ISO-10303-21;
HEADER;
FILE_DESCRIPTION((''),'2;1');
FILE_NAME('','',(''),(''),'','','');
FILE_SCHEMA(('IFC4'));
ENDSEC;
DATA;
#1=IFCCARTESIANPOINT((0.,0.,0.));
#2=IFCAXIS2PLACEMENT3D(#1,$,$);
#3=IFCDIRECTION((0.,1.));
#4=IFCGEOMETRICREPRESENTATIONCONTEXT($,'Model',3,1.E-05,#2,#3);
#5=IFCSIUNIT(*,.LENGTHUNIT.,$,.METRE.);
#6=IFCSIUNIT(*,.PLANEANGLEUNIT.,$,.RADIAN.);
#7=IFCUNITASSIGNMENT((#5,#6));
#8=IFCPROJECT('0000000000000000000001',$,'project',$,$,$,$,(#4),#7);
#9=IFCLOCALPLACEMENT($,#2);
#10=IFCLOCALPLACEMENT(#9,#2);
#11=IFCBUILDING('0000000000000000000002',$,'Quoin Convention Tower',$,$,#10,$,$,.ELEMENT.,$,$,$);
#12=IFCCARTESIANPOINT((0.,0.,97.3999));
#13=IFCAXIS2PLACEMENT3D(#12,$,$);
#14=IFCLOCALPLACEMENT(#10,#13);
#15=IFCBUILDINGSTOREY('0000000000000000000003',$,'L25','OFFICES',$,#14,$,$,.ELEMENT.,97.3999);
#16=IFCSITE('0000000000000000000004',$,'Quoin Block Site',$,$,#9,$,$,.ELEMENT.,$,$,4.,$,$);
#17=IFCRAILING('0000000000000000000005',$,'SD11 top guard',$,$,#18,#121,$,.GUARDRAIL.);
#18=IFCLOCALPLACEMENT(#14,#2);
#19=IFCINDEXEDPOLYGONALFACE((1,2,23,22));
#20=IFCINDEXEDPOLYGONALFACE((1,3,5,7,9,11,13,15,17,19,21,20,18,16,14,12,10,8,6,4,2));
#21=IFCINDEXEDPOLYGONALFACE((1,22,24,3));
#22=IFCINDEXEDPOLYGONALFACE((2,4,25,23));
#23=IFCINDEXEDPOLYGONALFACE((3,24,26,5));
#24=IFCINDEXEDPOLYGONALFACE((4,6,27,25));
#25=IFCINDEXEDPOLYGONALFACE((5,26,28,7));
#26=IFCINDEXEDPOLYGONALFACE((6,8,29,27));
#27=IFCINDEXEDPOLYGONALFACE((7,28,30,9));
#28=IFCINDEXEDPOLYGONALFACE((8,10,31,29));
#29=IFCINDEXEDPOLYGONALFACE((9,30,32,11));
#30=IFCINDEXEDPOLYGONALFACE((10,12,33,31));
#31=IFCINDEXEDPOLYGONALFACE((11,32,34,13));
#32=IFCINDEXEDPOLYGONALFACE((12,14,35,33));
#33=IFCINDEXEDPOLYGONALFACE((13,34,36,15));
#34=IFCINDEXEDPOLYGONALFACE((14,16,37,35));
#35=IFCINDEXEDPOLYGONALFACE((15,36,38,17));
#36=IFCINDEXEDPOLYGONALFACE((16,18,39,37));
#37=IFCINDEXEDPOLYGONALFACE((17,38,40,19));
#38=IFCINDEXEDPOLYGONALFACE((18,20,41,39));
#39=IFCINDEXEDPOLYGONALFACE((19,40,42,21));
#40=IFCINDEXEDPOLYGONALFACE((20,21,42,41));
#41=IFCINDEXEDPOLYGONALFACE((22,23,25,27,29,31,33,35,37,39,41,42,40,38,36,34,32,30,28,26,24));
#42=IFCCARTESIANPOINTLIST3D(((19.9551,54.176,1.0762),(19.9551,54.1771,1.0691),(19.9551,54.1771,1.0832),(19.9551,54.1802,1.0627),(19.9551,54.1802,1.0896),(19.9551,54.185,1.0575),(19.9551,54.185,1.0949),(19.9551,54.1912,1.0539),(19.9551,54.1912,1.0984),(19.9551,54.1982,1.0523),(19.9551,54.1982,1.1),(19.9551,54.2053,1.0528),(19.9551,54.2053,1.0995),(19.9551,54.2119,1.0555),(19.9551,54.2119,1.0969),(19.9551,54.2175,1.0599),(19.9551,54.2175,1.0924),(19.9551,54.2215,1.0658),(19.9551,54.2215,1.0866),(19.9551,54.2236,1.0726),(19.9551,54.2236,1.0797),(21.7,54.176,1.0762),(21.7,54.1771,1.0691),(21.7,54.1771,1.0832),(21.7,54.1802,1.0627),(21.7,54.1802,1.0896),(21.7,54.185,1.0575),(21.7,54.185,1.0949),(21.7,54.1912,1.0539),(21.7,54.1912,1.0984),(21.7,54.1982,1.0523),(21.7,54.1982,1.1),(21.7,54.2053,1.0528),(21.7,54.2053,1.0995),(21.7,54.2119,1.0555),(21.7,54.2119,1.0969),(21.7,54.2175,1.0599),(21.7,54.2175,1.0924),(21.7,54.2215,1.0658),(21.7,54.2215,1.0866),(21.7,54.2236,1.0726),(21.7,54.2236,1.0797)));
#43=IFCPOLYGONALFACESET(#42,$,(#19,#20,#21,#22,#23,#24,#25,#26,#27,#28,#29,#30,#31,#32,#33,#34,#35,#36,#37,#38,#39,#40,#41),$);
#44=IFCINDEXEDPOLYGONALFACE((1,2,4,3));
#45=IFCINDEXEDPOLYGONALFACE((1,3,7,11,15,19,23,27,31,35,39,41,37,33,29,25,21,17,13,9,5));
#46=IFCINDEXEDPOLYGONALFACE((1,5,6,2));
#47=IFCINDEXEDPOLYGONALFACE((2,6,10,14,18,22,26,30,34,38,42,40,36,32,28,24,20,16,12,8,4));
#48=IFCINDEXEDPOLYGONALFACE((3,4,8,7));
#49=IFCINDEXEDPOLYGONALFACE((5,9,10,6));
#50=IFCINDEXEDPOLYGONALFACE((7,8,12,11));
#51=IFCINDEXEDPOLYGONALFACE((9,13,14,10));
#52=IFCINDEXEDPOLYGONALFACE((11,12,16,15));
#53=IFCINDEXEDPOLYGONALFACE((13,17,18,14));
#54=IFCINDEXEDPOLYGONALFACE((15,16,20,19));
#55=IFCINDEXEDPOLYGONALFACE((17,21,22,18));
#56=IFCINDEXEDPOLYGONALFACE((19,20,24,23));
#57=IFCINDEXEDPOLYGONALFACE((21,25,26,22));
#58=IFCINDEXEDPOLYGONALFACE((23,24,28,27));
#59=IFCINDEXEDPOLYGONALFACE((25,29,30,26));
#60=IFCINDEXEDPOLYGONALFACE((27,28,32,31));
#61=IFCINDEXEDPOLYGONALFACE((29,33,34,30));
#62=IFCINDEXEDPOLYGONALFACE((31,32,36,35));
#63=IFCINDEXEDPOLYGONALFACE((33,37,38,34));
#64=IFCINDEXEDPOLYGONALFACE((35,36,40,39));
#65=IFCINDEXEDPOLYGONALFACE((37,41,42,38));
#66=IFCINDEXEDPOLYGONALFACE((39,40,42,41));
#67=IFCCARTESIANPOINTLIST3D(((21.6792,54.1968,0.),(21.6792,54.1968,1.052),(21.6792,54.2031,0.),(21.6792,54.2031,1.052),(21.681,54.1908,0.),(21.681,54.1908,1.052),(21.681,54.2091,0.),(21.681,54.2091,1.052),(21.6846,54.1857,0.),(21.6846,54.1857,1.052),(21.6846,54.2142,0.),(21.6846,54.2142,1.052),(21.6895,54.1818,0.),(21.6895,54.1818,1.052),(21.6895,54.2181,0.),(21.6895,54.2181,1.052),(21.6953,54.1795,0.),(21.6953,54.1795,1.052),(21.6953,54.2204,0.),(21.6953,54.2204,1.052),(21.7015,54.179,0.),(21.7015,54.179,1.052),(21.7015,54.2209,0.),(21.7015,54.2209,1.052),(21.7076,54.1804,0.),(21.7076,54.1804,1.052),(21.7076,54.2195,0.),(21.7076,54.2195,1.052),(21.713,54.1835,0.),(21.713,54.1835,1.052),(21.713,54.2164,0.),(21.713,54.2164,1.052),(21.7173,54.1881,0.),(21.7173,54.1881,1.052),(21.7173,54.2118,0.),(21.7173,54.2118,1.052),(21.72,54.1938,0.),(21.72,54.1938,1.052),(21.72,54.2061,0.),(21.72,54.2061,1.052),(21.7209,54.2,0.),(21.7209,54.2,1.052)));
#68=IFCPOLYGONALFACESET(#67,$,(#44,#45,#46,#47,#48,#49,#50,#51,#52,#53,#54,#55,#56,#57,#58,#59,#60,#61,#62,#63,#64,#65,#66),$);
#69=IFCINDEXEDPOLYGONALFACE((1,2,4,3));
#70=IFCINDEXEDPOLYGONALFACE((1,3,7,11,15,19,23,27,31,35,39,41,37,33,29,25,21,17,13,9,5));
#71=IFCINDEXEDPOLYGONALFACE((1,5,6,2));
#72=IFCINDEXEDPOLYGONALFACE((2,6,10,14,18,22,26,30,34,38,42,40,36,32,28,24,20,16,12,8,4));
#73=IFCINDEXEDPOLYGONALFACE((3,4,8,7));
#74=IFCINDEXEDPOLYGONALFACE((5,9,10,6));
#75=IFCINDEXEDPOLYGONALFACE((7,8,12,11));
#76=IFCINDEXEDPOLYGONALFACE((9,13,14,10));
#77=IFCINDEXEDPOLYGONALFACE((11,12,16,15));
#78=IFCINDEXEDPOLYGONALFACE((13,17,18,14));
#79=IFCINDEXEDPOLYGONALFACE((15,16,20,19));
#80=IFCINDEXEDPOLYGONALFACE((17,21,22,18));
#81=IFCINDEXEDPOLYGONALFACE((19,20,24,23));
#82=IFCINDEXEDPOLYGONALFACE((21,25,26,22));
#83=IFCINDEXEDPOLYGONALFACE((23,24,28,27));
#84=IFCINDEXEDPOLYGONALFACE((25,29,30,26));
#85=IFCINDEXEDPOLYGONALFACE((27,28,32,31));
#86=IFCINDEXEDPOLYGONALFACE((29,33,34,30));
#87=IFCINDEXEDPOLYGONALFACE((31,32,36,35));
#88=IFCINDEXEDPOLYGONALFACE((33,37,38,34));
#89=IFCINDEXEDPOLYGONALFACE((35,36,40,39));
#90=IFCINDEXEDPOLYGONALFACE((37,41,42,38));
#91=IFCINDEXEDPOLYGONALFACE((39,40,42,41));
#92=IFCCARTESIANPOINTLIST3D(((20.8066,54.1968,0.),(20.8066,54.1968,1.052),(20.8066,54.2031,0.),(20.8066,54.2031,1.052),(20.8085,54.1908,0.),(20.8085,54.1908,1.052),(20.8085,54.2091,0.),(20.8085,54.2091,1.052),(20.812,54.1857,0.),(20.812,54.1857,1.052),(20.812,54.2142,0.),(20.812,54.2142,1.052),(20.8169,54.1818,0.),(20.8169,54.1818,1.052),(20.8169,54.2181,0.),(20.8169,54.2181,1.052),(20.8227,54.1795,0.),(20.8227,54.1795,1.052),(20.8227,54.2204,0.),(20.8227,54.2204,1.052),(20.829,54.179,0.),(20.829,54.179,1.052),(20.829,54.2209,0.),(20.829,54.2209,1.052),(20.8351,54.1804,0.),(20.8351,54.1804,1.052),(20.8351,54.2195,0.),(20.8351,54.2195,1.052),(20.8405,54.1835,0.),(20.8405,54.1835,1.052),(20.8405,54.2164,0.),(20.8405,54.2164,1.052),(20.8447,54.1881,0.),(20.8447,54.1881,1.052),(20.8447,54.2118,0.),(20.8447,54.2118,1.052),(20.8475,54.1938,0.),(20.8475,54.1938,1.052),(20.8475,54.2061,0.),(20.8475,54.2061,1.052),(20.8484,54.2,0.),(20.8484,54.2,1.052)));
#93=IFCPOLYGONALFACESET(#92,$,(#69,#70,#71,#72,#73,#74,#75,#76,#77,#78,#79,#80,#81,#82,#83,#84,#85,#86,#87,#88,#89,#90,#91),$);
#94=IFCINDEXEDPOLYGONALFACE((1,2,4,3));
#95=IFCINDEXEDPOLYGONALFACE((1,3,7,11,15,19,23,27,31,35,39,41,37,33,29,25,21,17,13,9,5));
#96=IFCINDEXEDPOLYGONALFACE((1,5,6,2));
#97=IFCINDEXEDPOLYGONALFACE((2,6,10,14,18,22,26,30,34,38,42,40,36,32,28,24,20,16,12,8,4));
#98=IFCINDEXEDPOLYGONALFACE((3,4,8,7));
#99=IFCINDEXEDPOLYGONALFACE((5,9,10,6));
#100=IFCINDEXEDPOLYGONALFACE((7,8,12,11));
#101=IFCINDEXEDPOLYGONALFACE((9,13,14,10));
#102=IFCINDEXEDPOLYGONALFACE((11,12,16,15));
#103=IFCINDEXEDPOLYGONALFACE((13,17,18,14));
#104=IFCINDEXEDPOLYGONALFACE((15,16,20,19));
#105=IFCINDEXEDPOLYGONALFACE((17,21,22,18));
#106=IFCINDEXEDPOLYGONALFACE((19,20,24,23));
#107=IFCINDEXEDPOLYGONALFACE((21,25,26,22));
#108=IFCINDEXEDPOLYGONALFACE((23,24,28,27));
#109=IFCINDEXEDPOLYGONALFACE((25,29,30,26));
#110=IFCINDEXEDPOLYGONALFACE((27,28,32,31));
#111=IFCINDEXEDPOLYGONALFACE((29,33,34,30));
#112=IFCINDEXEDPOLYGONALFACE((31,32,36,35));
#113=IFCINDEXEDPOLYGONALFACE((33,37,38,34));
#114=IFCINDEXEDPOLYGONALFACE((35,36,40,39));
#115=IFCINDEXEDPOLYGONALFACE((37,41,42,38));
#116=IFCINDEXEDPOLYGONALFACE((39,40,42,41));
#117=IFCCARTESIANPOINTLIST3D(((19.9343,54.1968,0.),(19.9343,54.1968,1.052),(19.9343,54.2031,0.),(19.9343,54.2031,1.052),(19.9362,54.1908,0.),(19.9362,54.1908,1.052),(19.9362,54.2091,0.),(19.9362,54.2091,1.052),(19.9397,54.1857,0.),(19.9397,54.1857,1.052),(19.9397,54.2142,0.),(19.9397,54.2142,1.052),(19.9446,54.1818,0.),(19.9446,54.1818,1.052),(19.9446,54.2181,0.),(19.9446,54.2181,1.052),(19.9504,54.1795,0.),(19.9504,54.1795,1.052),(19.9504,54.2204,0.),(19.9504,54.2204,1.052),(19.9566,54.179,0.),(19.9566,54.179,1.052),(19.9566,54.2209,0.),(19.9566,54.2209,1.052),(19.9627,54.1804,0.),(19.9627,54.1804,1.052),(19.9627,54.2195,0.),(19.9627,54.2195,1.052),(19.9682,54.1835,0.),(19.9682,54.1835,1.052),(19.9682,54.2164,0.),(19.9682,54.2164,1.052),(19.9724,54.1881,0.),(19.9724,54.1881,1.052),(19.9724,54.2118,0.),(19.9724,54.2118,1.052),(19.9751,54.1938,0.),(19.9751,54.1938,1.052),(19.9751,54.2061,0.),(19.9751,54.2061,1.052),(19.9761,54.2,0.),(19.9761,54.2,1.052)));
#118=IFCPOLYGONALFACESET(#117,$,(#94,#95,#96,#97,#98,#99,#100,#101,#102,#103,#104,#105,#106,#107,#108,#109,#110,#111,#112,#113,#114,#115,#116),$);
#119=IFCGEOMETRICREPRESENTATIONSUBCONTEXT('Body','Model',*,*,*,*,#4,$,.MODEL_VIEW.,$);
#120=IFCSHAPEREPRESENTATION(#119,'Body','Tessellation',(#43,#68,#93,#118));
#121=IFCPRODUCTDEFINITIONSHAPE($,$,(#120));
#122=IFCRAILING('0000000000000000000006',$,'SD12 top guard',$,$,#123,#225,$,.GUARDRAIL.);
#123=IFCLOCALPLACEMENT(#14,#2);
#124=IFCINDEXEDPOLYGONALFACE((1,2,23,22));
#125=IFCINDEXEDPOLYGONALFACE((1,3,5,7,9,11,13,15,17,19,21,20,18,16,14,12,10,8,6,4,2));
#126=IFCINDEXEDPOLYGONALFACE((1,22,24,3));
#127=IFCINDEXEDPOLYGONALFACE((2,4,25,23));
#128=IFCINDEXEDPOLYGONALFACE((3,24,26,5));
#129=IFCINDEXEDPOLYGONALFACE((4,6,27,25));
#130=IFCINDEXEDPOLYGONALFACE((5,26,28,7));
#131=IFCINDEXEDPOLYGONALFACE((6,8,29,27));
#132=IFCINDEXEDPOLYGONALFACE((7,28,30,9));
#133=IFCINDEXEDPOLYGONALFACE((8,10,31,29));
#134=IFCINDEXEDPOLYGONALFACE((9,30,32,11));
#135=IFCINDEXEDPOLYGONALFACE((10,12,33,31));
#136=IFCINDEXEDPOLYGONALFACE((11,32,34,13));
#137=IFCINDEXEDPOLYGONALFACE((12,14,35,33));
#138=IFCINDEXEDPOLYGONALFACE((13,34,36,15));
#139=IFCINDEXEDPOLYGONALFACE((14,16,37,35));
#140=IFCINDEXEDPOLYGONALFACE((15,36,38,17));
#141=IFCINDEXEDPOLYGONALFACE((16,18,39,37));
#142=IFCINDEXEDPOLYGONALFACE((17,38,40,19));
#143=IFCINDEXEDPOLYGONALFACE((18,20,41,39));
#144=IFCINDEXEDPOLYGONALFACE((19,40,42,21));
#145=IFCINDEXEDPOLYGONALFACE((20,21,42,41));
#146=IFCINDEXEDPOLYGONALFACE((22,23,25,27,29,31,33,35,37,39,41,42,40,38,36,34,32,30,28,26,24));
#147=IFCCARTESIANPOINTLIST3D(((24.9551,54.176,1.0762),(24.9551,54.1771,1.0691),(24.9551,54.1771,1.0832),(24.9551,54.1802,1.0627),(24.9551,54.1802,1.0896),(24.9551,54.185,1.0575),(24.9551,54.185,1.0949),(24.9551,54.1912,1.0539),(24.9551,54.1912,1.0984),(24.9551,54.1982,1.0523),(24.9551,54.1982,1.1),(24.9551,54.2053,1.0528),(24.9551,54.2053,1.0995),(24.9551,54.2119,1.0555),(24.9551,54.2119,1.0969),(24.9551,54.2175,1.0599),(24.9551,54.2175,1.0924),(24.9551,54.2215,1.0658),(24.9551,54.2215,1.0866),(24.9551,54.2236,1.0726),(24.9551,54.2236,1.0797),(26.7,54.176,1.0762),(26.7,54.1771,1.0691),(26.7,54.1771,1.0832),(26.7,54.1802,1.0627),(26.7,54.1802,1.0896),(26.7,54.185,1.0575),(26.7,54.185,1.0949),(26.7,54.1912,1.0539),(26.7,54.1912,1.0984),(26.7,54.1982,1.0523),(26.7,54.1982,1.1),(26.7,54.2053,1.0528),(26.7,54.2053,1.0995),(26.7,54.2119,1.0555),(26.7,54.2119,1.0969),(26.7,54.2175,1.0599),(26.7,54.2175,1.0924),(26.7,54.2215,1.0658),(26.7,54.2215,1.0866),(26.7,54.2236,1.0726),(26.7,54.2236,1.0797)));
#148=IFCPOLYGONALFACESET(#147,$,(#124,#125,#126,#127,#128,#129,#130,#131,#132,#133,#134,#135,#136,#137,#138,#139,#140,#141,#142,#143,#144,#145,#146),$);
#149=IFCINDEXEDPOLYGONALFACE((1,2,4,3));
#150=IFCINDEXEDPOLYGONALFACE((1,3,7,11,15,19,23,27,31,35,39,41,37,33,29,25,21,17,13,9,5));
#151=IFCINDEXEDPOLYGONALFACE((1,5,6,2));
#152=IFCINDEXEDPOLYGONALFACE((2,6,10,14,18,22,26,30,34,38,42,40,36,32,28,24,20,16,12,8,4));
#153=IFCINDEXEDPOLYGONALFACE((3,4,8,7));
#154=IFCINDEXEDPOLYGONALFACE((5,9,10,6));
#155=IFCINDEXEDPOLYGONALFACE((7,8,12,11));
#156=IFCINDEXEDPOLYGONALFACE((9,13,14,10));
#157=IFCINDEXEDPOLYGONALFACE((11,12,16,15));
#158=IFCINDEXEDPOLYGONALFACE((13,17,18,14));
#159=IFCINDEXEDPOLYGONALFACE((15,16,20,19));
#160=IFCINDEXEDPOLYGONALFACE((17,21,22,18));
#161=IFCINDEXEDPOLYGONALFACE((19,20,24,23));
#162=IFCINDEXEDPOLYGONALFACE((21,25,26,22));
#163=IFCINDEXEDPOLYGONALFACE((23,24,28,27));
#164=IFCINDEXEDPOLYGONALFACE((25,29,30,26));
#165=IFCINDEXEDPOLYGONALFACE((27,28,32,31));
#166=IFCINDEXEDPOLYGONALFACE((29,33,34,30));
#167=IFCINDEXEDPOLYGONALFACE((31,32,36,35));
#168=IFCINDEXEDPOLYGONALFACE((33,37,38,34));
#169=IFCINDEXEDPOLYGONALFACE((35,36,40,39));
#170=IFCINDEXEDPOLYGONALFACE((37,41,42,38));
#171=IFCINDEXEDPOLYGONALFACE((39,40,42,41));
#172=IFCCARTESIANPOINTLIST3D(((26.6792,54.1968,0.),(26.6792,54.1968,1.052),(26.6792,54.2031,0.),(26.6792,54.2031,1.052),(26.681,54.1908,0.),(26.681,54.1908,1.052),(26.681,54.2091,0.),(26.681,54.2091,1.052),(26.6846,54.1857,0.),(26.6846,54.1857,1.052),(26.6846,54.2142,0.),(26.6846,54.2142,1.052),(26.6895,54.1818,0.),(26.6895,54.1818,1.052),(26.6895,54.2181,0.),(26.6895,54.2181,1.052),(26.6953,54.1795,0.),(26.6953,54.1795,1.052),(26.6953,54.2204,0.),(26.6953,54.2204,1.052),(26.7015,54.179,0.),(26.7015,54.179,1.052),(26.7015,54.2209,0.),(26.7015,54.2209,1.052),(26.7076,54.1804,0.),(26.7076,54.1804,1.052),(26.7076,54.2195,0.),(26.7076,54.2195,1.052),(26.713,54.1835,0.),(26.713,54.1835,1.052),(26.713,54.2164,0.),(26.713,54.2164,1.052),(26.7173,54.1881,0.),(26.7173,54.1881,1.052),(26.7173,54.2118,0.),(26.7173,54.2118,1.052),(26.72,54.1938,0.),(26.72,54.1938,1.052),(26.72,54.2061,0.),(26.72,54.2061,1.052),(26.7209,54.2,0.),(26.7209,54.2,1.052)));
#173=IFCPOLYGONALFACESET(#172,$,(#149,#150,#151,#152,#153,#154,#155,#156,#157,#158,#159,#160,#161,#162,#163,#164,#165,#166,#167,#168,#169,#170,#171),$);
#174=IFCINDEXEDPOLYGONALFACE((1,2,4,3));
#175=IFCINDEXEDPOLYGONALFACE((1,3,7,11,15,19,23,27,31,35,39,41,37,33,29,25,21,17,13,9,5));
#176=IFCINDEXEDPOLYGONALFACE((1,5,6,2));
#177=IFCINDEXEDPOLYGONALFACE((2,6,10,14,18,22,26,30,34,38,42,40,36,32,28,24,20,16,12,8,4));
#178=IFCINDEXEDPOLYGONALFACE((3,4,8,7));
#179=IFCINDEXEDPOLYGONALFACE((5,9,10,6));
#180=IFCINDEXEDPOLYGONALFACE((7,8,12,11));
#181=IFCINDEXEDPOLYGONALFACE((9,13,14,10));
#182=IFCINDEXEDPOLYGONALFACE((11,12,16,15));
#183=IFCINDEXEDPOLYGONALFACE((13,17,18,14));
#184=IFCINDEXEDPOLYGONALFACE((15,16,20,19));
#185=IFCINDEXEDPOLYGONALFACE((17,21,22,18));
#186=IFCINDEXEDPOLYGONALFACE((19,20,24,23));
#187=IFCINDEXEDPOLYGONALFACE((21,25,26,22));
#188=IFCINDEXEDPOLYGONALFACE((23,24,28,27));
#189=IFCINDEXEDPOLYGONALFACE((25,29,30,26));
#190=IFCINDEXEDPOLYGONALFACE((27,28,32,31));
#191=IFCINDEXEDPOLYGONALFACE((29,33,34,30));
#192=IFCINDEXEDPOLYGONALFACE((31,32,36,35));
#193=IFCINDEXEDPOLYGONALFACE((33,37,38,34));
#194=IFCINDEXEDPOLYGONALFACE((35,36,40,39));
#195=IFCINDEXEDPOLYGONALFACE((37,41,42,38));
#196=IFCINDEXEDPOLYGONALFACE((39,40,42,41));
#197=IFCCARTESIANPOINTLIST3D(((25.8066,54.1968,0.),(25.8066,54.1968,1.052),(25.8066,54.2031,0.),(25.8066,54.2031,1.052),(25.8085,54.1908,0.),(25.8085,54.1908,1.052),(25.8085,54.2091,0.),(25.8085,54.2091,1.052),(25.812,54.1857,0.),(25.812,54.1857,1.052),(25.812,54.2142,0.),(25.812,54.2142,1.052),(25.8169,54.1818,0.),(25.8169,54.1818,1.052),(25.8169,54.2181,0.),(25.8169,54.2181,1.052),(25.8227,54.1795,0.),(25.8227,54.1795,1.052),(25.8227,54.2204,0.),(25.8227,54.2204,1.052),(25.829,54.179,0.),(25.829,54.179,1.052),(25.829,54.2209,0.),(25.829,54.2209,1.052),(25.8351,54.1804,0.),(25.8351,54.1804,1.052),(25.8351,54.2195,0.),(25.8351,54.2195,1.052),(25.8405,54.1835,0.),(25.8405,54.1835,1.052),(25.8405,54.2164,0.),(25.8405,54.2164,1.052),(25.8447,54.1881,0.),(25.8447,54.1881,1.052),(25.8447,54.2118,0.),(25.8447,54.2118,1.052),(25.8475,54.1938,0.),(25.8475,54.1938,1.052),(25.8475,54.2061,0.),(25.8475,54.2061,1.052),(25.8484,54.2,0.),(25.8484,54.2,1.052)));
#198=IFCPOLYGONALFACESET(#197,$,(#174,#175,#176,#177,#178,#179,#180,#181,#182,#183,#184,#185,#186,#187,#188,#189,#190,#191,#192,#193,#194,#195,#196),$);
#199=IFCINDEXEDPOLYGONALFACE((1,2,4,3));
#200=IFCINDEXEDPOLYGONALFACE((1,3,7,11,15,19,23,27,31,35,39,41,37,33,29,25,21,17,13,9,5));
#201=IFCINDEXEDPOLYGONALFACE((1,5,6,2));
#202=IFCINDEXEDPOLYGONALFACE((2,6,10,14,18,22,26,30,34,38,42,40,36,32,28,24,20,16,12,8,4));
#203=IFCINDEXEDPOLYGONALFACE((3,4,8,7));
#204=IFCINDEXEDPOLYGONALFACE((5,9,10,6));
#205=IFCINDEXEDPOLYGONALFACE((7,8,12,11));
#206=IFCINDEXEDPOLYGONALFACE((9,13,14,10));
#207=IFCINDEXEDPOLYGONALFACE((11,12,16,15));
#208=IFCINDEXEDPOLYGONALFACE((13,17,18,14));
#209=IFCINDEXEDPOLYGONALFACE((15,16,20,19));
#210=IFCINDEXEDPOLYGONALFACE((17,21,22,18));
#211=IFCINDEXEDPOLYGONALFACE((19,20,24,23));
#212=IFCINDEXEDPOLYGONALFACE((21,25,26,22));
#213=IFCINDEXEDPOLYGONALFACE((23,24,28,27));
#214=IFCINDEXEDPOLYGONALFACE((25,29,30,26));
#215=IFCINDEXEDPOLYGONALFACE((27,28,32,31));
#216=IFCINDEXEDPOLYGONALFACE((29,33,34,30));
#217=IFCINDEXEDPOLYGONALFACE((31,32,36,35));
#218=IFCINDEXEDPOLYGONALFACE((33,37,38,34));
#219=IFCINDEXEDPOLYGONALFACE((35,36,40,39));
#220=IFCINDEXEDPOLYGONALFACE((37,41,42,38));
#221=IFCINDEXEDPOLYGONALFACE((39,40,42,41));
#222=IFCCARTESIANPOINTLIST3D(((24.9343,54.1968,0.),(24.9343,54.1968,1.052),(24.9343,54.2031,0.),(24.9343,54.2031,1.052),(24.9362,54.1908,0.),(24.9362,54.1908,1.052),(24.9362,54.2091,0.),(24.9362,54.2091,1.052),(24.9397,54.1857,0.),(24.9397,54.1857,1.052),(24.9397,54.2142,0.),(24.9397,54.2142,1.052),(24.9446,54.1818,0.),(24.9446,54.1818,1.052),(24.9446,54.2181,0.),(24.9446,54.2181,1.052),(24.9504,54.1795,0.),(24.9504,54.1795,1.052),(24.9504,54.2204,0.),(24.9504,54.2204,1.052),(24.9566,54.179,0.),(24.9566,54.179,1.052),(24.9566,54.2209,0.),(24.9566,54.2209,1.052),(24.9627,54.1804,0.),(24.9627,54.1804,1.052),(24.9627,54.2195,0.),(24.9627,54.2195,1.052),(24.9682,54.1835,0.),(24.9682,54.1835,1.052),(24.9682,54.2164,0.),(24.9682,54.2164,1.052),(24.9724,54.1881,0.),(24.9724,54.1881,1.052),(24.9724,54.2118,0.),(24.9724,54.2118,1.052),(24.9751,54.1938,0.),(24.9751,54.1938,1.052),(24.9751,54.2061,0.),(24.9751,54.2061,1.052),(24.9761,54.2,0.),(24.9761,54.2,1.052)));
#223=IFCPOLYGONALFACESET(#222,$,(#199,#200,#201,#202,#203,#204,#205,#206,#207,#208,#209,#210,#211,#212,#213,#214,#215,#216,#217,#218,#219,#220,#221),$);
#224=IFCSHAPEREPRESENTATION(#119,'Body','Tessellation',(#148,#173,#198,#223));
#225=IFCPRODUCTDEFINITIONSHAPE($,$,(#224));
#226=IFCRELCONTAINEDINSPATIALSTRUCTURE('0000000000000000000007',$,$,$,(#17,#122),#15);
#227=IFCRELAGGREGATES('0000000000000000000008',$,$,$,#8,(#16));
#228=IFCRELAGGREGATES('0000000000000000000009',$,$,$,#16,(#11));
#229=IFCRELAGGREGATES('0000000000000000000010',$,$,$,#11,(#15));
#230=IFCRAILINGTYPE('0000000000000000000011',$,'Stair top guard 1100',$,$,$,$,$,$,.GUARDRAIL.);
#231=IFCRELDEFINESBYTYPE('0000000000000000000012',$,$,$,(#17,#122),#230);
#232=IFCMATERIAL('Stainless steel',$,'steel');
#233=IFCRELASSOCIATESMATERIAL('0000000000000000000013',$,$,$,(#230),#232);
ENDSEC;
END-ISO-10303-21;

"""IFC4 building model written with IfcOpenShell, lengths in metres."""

from ifc_helpers import new_model, si_unit, direction, frame, origin, origin_2d, place, context, subcontext, project, spatial, circle, extrude, material, type_object, element, save


model = new_model("IFC4")

# Units and contexts
model_context = context("Model", 3, precision=1e-05, world=origin(), true_north=direction((0.0, 1.0)))
body_context = subcontext(model_context, "Body", "Model", "MODEL_VIEW")
ifc_project = project(units=[si_unit("LENGTHUNIT", "METRE"), si_unit("PLANEANGLEUNIT", "RADIAN")], contexts=[model_context])

# Site, building, storey
site_placement = place(None, origin())
site = spatial("IfcSite", under=ifc_project, at=site_placement, Name="Quoin Block Site", CompositionType="ELEMENT", RefElevation=4.0)
building_placement = place(site_placement, origin())
building = spatial("IfcBuilding", under=site, at=building_placement, Name="Quoin Convention Tower", CompositionType="ELEMENT")
storey_placement = place(building_placement, frame((0.0, 0.0, 97.3999)))
storey = spatial("IfcBuildingStorey", under=building, at=storey_placement, Name="L25", Description="OFFICES", CompositionType="ELEMENT", Elevation=97.3999)

# Railings
ifc_material_1 = material(Name="Stainless steel", Category="steel")
railing_type_1 = type_object("IfcRailingType", Name="Stair top guard 1100", PredefinedType="GUARDRAIL", material=ifc_material_1)
for number, where, name in (
    (1, (21.7, 54.2, 0.0), "SD11 top guard"),
    (2, (26.7, 54.2, 0.0), "SD12 top guard"),
):
    element("IfcRailing", number, at=place(storey_placement, frame(where)), inside=storey, type_object=railing_type_1, Name=name, PredefinedType="GUARDRAIL", context=body_context, shape_type="SweptSolid", body=[
        extrude(circle(Radius=0.0239, at=origin_2d()), frame((0.0, 0.0, 1.0762), z_axis=(-1.0, 0.0, 0.0), x_axis=(0.0, -1.0, 0.0)), (0.0, 0.0, 1.0), 1.7449),
        extrude(circle(Radius=0.021, at=origin_2d()), origin(), (0.0, 0.0, 1.0), 1.052),
        extrude(circle(Radius=0.021, at=origin_2d()), frame((-0.8726, 0.0, 0.0)), (0.0, 0.0, 1.0), 1.052),
        extrude(circle(Radius=0.021, at=origin_2d()), frame((-1.7449, 0.0, 0.0)), (0.0, 0.0, 1.0), 1.052),
    ])

save(model, "model.ifc")
